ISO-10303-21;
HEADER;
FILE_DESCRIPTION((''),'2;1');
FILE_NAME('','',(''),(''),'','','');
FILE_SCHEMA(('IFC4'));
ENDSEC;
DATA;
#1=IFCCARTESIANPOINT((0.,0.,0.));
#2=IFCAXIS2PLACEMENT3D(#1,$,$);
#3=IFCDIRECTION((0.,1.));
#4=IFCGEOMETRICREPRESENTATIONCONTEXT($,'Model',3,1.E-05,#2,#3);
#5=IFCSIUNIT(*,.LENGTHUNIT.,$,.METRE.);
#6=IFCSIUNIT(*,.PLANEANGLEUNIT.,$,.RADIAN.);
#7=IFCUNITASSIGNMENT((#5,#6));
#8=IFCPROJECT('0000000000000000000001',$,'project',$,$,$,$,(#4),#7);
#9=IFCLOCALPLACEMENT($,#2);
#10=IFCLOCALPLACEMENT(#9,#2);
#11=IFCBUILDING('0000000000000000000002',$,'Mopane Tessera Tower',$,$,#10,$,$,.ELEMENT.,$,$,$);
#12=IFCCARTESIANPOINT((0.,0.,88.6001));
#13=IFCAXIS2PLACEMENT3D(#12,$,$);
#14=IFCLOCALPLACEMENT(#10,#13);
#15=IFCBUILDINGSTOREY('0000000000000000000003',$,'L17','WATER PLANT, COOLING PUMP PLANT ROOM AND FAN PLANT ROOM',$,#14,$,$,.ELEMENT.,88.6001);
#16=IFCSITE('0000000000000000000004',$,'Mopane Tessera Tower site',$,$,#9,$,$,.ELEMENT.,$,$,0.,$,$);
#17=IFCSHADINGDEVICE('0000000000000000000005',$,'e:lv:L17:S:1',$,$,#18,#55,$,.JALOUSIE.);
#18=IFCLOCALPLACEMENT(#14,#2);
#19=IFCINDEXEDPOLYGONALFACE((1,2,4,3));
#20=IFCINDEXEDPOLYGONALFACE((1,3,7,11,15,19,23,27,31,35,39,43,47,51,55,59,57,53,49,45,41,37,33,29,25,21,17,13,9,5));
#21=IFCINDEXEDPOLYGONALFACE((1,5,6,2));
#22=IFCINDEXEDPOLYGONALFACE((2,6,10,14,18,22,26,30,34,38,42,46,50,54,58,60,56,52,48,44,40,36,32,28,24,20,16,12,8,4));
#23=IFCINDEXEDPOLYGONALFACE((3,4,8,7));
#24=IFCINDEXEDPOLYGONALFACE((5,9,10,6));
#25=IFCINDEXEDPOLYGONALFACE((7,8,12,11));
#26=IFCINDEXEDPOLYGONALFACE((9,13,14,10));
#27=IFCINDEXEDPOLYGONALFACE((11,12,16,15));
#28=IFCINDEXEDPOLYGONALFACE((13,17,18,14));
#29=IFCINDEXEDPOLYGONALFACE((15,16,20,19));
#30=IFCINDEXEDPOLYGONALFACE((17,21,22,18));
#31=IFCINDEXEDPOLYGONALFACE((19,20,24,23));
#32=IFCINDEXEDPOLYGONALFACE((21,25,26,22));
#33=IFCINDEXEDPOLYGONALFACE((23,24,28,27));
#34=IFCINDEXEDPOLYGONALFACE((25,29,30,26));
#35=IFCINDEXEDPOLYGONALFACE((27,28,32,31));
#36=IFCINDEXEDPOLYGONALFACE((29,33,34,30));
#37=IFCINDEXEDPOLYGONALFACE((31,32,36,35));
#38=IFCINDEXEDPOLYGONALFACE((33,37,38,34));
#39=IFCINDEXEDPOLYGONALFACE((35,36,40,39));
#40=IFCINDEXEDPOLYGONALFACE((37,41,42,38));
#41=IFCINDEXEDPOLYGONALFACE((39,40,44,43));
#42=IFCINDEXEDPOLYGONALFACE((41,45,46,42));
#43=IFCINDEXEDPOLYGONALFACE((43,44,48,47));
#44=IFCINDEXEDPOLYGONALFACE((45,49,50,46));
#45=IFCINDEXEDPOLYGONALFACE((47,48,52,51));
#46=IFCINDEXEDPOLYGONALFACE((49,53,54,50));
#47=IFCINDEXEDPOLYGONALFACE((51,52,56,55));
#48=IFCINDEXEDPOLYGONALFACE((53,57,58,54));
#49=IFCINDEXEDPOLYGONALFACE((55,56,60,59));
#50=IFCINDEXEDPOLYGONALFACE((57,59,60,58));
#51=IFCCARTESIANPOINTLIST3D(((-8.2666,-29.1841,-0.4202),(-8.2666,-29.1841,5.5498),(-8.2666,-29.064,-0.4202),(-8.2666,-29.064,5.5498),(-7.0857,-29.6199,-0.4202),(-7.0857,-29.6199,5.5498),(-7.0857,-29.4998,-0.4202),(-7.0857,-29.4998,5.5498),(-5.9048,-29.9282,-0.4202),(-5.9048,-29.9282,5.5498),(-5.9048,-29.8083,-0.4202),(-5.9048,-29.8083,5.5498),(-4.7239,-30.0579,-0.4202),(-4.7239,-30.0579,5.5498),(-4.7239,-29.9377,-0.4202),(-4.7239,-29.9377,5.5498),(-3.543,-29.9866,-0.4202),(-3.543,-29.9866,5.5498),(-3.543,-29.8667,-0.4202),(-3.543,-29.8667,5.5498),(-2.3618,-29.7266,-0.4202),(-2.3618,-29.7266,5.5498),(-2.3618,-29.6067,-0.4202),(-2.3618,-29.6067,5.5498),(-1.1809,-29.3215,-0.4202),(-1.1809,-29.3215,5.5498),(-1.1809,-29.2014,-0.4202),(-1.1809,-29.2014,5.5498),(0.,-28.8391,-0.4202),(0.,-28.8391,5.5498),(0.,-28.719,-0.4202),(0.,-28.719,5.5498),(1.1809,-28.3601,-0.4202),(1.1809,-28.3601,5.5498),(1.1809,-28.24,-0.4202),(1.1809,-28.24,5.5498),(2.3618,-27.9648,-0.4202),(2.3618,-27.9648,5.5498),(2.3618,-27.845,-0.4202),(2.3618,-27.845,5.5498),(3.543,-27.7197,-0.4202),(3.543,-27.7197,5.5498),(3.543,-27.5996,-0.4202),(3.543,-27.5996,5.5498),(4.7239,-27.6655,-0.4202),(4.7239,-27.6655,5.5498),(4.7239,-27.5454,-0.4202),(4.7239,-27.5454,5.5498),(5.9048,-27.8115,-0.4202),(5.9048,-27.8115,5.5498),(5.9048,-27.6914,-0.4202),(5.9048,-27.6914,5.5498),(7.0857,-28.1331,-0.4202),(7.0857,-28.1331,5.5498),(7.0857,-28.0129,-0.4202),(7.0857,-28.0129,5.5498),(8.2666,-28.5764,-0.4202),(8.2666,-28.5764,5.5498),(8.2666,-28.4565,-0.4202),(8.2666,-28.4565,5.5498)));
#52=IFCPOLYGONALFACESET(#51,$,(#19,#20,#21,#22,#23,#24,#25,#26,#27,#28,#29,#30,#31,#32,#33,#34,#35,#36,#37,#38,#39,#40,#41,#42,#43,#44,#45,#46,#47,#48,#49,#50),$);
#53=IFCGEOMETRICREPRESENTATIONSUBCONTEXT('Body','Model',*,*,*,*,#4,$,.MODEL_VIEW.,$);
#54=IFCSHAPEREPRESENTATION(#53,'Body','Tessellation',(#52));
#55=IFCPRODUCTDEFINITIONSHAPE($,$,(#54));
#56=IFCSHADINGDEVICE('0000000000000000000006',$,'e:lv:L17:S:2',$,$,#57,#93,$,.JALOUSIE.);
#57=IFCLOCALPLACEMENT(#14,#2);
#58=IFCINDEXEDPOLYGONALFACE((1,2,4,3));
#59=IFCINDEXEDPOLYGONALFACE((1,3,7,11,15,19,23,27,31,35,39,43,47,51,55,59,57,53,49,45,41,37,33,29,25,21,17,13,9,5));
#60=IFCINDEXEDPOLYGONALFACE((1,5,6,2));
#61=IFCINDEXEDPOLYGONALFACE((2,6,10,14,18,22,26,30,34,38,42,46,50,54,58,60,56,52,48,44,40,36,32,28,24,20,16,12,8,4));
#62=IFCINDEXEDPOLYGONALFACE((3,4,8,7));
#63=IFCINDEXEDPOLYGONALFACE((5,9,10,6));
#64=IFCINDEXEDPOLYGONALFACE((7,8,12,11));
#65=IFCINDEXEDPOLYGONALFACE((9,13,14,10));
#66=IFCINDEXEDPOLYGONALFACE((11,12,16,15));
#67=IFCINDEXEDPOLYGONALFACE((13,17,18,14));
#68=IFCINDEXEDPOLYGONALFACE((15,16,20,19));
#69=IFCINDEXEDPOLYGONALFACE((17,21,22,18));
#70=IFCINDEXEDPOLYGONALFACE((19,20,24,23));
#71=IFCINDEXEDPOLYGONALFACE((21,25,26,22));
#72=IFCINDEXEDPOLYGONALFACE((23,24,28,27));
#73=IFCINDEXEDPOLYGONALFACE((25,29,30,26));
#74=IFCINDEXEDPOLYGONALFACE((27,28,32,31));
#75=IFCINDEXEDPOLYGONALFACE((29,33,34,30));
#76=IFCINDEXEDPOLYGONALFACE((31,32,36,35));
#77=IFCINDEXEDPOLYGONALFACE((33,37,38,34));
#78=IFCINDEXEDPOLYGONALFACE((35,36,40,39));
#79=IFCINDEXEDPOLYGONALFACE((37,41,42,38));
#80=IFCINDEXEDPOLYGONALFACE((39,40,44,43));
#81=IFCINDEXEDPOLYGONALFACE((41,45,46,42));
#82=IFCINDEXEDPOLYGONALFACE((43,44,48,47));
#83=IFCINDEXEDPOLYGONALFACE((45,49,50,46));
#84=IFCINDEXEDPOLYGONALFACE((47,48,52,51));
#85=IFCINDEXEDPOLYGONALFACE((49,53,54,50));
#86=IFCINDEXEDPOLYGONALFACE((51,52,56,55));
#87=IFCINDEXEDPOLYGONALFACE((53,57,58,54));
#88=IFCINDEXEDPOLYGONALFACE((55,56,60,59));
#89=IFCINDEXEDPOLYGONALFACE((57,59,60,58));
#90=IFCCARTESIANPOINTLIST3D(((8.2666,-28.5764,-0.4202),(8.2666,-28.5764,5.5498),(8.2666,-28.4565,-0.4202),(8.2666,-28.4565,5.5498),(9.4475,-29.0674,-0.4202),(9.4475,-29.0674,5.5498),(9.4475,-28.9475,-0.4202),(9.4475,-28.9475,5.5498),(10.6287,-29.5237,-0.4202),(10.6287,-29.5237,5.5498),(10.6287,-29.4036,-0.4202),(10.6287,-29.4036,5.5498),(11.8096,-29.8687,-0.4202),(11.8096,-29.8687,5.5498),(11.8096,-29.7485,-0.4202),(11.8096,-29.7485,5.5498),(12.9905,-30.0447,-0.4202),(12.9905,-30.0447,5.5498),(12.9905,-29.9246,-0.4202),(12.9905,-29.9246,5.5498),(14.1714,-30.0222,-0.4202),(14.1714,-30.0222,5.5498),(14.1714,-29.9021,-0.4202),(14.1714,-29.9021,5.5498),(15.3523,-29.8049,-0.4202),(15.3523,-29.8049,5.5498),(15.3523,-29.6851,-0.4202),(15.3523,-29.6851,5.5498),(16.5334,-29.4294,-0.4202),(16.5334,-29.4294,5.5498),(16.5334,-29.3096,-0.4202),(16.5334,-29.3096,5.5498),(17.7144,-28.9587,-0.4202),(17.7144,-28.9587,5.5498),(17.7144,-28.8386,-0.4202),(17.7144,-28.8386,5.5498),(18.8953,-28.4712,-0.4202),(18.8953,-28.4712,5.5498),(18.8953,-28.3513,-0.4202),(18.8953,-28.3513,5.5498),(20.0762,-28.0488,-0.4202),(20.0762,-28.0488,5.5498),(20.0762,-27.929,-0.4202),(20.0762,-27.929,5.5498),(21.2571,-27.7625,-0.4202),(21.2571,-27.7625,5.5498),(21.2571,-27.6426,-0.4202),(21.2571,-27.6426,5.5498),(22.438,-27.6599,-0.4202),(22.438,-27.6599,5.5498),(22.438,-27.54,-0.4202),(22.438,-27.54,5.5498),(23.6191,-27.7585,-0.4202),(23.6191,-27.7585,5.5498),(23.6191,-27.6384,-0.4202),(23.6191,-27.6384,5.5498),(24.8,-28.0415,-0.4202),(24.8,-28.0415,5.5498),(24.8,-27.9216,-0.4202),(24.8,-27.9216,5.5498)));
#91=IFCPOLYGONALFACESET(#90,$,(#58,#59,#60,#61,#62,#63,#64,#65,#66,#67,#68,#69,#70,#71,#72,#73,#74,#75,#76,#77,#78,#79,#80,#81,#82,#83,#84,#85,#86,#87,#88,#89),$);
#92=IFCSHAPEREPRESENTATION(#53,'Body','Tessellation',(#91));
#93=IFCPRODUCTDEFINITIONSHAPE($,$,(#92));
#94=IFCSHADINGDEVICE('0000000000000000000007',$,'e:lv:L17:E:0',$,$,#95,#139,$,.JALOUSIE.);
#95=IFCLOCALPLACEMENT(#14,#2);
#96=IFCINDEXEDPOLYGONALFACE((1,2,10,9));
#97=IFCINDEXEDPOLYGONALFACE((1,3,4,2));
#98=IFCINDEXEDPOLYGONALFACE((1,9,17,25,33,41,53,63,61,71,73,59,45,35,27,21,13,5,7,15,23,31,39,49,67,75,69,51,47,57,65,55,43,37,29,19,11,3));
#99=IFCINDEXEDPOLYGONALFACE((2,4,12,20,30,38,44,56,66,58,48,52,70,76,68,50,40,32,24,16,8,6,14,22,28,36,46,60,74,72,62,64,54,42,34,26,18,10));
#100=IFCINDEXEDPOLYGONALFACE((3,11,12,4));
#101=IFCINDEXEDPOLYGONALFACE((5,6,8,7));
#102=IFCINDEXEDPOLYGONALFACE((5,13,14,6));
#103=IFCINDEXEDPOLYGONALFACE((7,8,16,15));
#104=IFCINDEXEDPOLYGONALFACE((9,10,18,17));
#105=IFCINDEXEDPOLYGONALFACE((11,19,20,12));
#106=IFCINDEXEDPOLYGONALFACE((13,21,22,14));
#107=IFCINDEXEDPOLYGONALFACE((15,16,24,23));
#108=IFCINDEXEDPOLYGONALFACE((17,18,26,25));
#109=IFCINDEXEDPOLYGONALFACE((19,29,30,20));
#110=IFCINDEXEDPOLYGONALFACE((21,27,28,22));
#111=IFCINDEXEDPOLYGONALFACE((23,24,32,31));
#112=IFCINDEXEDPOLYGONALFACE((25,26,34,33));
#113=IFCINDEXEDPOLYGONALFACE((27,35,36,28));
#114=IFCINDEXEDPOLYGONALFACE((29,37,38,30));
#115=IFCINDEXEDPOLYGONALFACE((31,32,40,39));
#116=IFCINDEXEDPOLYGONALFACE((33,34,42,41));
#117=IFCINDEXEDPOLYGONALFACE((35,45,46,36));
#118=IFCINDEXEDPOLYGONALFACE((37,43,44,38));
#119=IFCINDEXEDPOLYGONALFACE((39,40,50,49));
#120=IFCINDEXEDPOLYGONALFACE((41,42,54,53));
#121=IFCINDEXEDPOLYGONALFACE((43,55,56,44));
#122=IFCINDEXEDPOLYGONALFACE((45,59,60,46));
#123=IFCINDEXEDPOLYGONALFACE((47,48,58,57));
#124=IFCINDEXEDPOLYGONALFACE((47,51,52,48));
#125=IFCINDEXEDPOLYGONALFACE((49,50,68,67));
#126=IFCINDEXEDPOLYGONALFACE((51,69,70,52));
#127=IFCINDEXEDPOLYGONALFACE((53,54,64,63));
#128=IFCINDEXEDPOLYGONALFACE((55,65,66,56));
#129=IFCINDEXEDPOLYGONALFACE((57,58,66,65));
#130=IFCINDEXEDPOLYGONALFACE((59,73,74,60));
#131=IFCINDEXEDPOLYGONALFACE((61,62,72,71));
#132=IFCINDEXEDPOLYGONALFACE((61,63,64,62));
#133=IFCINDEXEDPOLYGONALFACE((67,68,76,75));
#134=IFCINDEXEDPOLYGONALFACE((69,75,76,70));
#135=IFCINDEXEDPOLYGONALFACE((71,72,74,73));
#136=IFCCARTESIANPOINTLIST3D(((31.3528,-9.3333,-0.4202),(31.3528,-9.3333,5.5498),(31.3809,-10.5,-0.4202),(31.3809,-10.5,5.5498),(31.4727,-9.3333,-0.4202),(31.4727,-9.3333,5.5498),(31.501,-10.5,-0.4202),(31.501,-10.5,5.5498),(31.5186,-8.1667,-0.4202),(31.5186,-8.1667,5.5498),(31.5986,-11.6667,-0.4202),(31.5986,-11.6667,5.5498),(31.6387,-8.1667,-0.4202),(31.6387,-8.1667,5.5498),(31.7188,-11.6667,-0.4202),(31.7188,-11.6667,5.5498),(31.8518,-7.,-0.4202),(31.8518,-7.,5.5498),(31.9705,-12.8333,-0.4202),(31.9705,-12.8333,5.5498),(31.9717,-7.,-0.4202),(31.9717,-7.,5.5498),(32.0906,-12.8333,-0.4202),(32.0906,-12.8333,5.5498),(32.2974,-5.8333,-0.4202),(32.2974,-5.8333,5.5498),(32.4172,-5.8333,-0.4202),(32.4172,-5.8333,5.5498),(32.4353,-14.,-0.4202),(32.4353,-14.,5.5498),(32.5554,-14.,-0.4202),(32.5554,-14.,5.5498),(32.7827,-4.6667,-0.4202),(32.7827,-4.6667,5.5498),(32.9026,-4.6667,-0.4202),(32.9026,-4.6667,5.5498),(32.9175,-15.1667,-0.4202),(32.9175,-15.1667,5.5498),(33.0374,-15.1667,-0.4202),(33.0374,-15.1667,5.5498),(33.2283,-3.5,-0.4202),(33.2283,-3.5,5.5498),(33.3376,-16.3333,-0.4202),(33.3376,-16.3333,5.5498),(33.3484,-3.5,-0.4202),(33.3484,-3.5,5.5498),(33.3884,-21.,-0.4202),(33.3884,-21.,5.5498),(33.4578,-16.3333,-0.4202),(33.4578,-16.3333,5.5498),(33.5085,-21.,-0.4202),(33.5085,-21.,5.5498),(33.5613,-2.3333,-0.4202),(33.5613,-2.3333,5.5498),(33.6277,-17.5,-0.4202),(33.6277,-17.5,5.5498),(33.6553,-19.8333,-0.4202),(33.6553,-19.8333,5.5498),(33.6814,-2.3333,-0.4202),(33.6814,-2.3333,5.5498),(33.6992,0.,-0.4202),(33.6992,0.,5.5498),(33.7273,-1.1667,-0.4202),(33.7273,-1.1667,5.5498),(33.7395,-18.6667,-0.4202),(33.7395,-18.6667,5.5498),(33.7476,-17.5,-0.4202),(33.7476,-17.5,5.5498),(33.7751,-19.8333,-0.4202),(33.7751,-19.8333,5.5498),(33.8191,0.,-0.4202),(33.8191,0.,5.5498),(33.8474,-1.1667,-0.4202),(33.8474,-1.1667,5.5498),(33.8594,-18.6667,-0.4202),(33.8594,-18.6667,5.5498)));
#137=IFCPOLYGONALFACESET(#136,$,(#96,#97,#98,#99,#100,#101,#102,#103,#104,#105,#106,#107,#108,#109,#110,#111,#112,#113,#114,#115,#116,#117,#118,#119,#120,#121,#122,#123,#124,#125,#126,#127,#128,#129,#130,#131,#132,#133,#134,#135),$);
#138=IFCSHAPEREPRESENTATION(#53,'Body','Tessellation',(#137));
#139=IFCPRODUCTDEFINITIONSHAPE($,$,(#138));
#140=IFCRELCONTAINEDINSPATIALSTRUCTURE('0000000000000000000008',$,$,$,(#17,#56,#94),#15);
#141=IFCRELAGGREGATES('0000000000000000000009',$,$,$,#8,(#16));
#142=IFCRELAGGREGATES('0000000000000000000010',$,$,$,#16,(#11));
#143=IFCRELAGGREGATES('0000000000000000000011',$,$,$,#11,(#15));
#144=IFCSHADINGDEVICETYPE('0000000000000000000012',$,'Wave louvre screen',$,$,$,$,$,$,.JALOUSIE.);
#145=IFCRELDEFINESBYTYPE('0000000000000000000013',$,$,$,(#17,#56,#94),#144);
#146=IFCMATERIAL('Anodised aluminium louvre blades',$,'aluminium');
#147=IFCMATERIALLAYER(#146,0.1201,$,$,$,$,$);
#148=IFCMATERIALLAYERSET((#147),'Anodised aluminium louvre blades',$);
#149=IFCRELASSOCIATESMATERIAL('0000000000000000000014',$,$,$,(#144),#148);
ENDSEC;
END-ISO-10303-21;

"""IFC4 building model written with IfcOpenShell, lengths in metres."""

from ifc_helpers import new_model, si_unit, direction, frame, origin, place, context, subcontext, project, spatial, polyline, outline, extrude, material, layer, layer_set, type_object, element, save


model = new_model("IFC4")

# Units and contexts
model_context = context("Model", 3, precision=1e-05, world=origin(), true_north=direction((0.0, 1.0)))
body_context = subcontext(model_context, "Body", "Model", "MODEL_VIEW")
ifc_project = project(units=[si_unit("LENGTHUNIT", "METRE"), si_unit("PLANEANGLEUNIT", "RADIAN")], contexts=[model_context])

# Site, building, storey
site_placement = place(None, origin())
site = spatial("IfcSite", under=ifc_project, at=site_placement, Name="Mopane Tessera Tower site", CompositionType="ELEMENT", RefElevation=0.0)
building_placement = place(site_placement, origin())
building = spatial("IfcBuilding", under=site, at=building_placement, Name="Mopane Tessera Tower", CompositionType="ELEMENT")
storey_placement = place(building_placement, frame((0.0, 0.0, 88.6001)))
storey = spatial("IfcBuildingStorey", under=building, at=storey_placement, Name="L17", Description="WATER PLANT, COOLING PUMP PLANT ROOM AND FAN PLANT ROOM", CompositionType="ELEMENT", Elevation=88.6001)

# Shading devices
ifc_material_1 = material(Name="Anodised aluminium louvre blades", Category="aluminium")
ifc_layer_1 = layer(ifc_material_1, 0.1201)
ifc_layer_set_1 = layer_set([ifc_layer_1], Name="Anodised aluminium louvre blades")
shading_device_type = type_object("IfcShadingDeviceType", Name="Wave louvre screen", PredefinedType="JALOUSIE", material=ifc_layer_set_1)
shading_device_1_placement = place(storey_placement, frame((0.0, 0.0, -0.4202)))
element("IfcShadingDevice", 1, at=shading_device_1_placement, inside=storey, type_object=shading_device_type, Name="e:lv:L17:S:1", PredefinedType="JALOUSIE", context=body_context, shape_type="SweptSolid", body=[
    extrude(outline(polyline([(-8.2666, -29.064), (-7.0857, -29.4998), (-5.9048, -29.8083), (-4.7239, -29.9377), (-3.543, -29.8667), (-2.3618, -29.6067), (-1.1809, -29.2014), (0.0, -28.719), (1.1809, -28.24), (2.3618, -27.845), (3.543, -27.5996), (4.7239, -27.5454), (5.9048, -27.6914), (7.0857, -28.0129), (8.2666, -28.4565), (8.2666, -28.5764), (7.0857, -28.1331), (5.9048, -27.8115), (4.7239, -27.6655), (3.543, -27.7197), (2.3618, -27.9648), (1.1809, -28.3601), (0.0, -28.8391), (-1.1809, -29.3215), (-2.3618, -29.7266), (-3.543, -29.9866), (-4.7239, -30.0579), (-5.9048, -29.9282), (-7.0857, -29.6199), (-8.2666, -29.1841), (-8.2666, -29.064)])), origin(), (0.0, 0.0, 1.0), 5.97),
])
shading_device_2_placement = place(storey_placement, frame((0.0, 0.0, -0.4202)))
element("IfcShadingDevice", 2, at=shading_device_2_placement, inside=storey, type_object=shading_device_type, Name="e:lv:L17:S:2", PredefinedType="JALOUSIE", context=body_context, shape_type="SweptSolid", body=[
    extrude(outline(polyline([(8.2666, -28.4565), (9.4475, -28.9475), (10.6287, -29.4036), (11.8096, -29.7485), (12.9905, -29.9246), (14.1714, -29.9021), (15.3523, -29.6851), (16.5334, -29.3096), (17.7144, -28.8386), (18.8953, -28.3513), (20.0762, -27.929), (21.2571, -27.6426), (22.438, -27.54), (23.6191, -27.6384), (24.8, -27.9216), (24.8, -28.0415), (23.6191, -27.7585), (22.438, -27.6599), (21.2571, -27.7625), (20.0762, -28.0488), (18.8953, -28.4712), (17.7144, -28.9587), (16.5334, -29.4294), (15.3523, -29.8049), (14.1714, -30.0222), (12.9905, -30.0447), (11.8096, -29.8687), (10.6287, -29.5237), (9.4475, -29.0674), (8.2666, -28.5764), (8.2666, -28.4565)])), origin(), (0.0, 0.0, 1.0), 5.97),
])
shading_device_3_placement = place(storey_placement, frame((0.0, 0.0, -0.4202)))
element("IfcShadingDevice", 3, at=shading_device_3_placement, inside=storey, type_object=shading_device_type, Name="e:lv:L17:E:0", PredefinedType="JALOUSIE", context=body_context, shape_type="SweptSolid", body=[
    extrude(outline(polyline([(33.3884, -21.0), (33.6553, -19.8333), (33.7395, -18.6667), (33.6277, -17.5), (33.3376, -16.3333), (32.9175, -15.1667), (32.4353, -14.0), (31.9705, -12.8333), (31.5986, -11.6667), (31.3809, -10.5), (31.3528, -9.3333), (31.5186, -8.1667), (31.8518, -7.0), (32.2974, -5.8333), (32.7827, -4.6667), (33.2283, -3.5), (33.5613, -2.3333), (33.7273, -1.1667), (33.6992, 0.0), (33.8191, 0.0), (33.8474, -1.1667), (33.6814, -2.3333), (33.3484, -3.5), (32.9026, -4.6667), (32.4172, -5.8333), (31.9717, -7.0), (31.6387, -8.1667), (31.4727, -9.3333), (31.501, -10.5), (31.7188, -11.6667), (32.0906, -12.8333), (32.5554, -14.0), (33.0374, -15.1667), (33.4578, -16.3333), (33.7476, -17.5), (33.8594, -18.6667), (33.7751, -19.8333), (33.5085, -21.0), (33.3884, -21.0)])), origin(), (0.0, 0.0, 1.0), 5.97),
])

save(model, "model.ifc")
